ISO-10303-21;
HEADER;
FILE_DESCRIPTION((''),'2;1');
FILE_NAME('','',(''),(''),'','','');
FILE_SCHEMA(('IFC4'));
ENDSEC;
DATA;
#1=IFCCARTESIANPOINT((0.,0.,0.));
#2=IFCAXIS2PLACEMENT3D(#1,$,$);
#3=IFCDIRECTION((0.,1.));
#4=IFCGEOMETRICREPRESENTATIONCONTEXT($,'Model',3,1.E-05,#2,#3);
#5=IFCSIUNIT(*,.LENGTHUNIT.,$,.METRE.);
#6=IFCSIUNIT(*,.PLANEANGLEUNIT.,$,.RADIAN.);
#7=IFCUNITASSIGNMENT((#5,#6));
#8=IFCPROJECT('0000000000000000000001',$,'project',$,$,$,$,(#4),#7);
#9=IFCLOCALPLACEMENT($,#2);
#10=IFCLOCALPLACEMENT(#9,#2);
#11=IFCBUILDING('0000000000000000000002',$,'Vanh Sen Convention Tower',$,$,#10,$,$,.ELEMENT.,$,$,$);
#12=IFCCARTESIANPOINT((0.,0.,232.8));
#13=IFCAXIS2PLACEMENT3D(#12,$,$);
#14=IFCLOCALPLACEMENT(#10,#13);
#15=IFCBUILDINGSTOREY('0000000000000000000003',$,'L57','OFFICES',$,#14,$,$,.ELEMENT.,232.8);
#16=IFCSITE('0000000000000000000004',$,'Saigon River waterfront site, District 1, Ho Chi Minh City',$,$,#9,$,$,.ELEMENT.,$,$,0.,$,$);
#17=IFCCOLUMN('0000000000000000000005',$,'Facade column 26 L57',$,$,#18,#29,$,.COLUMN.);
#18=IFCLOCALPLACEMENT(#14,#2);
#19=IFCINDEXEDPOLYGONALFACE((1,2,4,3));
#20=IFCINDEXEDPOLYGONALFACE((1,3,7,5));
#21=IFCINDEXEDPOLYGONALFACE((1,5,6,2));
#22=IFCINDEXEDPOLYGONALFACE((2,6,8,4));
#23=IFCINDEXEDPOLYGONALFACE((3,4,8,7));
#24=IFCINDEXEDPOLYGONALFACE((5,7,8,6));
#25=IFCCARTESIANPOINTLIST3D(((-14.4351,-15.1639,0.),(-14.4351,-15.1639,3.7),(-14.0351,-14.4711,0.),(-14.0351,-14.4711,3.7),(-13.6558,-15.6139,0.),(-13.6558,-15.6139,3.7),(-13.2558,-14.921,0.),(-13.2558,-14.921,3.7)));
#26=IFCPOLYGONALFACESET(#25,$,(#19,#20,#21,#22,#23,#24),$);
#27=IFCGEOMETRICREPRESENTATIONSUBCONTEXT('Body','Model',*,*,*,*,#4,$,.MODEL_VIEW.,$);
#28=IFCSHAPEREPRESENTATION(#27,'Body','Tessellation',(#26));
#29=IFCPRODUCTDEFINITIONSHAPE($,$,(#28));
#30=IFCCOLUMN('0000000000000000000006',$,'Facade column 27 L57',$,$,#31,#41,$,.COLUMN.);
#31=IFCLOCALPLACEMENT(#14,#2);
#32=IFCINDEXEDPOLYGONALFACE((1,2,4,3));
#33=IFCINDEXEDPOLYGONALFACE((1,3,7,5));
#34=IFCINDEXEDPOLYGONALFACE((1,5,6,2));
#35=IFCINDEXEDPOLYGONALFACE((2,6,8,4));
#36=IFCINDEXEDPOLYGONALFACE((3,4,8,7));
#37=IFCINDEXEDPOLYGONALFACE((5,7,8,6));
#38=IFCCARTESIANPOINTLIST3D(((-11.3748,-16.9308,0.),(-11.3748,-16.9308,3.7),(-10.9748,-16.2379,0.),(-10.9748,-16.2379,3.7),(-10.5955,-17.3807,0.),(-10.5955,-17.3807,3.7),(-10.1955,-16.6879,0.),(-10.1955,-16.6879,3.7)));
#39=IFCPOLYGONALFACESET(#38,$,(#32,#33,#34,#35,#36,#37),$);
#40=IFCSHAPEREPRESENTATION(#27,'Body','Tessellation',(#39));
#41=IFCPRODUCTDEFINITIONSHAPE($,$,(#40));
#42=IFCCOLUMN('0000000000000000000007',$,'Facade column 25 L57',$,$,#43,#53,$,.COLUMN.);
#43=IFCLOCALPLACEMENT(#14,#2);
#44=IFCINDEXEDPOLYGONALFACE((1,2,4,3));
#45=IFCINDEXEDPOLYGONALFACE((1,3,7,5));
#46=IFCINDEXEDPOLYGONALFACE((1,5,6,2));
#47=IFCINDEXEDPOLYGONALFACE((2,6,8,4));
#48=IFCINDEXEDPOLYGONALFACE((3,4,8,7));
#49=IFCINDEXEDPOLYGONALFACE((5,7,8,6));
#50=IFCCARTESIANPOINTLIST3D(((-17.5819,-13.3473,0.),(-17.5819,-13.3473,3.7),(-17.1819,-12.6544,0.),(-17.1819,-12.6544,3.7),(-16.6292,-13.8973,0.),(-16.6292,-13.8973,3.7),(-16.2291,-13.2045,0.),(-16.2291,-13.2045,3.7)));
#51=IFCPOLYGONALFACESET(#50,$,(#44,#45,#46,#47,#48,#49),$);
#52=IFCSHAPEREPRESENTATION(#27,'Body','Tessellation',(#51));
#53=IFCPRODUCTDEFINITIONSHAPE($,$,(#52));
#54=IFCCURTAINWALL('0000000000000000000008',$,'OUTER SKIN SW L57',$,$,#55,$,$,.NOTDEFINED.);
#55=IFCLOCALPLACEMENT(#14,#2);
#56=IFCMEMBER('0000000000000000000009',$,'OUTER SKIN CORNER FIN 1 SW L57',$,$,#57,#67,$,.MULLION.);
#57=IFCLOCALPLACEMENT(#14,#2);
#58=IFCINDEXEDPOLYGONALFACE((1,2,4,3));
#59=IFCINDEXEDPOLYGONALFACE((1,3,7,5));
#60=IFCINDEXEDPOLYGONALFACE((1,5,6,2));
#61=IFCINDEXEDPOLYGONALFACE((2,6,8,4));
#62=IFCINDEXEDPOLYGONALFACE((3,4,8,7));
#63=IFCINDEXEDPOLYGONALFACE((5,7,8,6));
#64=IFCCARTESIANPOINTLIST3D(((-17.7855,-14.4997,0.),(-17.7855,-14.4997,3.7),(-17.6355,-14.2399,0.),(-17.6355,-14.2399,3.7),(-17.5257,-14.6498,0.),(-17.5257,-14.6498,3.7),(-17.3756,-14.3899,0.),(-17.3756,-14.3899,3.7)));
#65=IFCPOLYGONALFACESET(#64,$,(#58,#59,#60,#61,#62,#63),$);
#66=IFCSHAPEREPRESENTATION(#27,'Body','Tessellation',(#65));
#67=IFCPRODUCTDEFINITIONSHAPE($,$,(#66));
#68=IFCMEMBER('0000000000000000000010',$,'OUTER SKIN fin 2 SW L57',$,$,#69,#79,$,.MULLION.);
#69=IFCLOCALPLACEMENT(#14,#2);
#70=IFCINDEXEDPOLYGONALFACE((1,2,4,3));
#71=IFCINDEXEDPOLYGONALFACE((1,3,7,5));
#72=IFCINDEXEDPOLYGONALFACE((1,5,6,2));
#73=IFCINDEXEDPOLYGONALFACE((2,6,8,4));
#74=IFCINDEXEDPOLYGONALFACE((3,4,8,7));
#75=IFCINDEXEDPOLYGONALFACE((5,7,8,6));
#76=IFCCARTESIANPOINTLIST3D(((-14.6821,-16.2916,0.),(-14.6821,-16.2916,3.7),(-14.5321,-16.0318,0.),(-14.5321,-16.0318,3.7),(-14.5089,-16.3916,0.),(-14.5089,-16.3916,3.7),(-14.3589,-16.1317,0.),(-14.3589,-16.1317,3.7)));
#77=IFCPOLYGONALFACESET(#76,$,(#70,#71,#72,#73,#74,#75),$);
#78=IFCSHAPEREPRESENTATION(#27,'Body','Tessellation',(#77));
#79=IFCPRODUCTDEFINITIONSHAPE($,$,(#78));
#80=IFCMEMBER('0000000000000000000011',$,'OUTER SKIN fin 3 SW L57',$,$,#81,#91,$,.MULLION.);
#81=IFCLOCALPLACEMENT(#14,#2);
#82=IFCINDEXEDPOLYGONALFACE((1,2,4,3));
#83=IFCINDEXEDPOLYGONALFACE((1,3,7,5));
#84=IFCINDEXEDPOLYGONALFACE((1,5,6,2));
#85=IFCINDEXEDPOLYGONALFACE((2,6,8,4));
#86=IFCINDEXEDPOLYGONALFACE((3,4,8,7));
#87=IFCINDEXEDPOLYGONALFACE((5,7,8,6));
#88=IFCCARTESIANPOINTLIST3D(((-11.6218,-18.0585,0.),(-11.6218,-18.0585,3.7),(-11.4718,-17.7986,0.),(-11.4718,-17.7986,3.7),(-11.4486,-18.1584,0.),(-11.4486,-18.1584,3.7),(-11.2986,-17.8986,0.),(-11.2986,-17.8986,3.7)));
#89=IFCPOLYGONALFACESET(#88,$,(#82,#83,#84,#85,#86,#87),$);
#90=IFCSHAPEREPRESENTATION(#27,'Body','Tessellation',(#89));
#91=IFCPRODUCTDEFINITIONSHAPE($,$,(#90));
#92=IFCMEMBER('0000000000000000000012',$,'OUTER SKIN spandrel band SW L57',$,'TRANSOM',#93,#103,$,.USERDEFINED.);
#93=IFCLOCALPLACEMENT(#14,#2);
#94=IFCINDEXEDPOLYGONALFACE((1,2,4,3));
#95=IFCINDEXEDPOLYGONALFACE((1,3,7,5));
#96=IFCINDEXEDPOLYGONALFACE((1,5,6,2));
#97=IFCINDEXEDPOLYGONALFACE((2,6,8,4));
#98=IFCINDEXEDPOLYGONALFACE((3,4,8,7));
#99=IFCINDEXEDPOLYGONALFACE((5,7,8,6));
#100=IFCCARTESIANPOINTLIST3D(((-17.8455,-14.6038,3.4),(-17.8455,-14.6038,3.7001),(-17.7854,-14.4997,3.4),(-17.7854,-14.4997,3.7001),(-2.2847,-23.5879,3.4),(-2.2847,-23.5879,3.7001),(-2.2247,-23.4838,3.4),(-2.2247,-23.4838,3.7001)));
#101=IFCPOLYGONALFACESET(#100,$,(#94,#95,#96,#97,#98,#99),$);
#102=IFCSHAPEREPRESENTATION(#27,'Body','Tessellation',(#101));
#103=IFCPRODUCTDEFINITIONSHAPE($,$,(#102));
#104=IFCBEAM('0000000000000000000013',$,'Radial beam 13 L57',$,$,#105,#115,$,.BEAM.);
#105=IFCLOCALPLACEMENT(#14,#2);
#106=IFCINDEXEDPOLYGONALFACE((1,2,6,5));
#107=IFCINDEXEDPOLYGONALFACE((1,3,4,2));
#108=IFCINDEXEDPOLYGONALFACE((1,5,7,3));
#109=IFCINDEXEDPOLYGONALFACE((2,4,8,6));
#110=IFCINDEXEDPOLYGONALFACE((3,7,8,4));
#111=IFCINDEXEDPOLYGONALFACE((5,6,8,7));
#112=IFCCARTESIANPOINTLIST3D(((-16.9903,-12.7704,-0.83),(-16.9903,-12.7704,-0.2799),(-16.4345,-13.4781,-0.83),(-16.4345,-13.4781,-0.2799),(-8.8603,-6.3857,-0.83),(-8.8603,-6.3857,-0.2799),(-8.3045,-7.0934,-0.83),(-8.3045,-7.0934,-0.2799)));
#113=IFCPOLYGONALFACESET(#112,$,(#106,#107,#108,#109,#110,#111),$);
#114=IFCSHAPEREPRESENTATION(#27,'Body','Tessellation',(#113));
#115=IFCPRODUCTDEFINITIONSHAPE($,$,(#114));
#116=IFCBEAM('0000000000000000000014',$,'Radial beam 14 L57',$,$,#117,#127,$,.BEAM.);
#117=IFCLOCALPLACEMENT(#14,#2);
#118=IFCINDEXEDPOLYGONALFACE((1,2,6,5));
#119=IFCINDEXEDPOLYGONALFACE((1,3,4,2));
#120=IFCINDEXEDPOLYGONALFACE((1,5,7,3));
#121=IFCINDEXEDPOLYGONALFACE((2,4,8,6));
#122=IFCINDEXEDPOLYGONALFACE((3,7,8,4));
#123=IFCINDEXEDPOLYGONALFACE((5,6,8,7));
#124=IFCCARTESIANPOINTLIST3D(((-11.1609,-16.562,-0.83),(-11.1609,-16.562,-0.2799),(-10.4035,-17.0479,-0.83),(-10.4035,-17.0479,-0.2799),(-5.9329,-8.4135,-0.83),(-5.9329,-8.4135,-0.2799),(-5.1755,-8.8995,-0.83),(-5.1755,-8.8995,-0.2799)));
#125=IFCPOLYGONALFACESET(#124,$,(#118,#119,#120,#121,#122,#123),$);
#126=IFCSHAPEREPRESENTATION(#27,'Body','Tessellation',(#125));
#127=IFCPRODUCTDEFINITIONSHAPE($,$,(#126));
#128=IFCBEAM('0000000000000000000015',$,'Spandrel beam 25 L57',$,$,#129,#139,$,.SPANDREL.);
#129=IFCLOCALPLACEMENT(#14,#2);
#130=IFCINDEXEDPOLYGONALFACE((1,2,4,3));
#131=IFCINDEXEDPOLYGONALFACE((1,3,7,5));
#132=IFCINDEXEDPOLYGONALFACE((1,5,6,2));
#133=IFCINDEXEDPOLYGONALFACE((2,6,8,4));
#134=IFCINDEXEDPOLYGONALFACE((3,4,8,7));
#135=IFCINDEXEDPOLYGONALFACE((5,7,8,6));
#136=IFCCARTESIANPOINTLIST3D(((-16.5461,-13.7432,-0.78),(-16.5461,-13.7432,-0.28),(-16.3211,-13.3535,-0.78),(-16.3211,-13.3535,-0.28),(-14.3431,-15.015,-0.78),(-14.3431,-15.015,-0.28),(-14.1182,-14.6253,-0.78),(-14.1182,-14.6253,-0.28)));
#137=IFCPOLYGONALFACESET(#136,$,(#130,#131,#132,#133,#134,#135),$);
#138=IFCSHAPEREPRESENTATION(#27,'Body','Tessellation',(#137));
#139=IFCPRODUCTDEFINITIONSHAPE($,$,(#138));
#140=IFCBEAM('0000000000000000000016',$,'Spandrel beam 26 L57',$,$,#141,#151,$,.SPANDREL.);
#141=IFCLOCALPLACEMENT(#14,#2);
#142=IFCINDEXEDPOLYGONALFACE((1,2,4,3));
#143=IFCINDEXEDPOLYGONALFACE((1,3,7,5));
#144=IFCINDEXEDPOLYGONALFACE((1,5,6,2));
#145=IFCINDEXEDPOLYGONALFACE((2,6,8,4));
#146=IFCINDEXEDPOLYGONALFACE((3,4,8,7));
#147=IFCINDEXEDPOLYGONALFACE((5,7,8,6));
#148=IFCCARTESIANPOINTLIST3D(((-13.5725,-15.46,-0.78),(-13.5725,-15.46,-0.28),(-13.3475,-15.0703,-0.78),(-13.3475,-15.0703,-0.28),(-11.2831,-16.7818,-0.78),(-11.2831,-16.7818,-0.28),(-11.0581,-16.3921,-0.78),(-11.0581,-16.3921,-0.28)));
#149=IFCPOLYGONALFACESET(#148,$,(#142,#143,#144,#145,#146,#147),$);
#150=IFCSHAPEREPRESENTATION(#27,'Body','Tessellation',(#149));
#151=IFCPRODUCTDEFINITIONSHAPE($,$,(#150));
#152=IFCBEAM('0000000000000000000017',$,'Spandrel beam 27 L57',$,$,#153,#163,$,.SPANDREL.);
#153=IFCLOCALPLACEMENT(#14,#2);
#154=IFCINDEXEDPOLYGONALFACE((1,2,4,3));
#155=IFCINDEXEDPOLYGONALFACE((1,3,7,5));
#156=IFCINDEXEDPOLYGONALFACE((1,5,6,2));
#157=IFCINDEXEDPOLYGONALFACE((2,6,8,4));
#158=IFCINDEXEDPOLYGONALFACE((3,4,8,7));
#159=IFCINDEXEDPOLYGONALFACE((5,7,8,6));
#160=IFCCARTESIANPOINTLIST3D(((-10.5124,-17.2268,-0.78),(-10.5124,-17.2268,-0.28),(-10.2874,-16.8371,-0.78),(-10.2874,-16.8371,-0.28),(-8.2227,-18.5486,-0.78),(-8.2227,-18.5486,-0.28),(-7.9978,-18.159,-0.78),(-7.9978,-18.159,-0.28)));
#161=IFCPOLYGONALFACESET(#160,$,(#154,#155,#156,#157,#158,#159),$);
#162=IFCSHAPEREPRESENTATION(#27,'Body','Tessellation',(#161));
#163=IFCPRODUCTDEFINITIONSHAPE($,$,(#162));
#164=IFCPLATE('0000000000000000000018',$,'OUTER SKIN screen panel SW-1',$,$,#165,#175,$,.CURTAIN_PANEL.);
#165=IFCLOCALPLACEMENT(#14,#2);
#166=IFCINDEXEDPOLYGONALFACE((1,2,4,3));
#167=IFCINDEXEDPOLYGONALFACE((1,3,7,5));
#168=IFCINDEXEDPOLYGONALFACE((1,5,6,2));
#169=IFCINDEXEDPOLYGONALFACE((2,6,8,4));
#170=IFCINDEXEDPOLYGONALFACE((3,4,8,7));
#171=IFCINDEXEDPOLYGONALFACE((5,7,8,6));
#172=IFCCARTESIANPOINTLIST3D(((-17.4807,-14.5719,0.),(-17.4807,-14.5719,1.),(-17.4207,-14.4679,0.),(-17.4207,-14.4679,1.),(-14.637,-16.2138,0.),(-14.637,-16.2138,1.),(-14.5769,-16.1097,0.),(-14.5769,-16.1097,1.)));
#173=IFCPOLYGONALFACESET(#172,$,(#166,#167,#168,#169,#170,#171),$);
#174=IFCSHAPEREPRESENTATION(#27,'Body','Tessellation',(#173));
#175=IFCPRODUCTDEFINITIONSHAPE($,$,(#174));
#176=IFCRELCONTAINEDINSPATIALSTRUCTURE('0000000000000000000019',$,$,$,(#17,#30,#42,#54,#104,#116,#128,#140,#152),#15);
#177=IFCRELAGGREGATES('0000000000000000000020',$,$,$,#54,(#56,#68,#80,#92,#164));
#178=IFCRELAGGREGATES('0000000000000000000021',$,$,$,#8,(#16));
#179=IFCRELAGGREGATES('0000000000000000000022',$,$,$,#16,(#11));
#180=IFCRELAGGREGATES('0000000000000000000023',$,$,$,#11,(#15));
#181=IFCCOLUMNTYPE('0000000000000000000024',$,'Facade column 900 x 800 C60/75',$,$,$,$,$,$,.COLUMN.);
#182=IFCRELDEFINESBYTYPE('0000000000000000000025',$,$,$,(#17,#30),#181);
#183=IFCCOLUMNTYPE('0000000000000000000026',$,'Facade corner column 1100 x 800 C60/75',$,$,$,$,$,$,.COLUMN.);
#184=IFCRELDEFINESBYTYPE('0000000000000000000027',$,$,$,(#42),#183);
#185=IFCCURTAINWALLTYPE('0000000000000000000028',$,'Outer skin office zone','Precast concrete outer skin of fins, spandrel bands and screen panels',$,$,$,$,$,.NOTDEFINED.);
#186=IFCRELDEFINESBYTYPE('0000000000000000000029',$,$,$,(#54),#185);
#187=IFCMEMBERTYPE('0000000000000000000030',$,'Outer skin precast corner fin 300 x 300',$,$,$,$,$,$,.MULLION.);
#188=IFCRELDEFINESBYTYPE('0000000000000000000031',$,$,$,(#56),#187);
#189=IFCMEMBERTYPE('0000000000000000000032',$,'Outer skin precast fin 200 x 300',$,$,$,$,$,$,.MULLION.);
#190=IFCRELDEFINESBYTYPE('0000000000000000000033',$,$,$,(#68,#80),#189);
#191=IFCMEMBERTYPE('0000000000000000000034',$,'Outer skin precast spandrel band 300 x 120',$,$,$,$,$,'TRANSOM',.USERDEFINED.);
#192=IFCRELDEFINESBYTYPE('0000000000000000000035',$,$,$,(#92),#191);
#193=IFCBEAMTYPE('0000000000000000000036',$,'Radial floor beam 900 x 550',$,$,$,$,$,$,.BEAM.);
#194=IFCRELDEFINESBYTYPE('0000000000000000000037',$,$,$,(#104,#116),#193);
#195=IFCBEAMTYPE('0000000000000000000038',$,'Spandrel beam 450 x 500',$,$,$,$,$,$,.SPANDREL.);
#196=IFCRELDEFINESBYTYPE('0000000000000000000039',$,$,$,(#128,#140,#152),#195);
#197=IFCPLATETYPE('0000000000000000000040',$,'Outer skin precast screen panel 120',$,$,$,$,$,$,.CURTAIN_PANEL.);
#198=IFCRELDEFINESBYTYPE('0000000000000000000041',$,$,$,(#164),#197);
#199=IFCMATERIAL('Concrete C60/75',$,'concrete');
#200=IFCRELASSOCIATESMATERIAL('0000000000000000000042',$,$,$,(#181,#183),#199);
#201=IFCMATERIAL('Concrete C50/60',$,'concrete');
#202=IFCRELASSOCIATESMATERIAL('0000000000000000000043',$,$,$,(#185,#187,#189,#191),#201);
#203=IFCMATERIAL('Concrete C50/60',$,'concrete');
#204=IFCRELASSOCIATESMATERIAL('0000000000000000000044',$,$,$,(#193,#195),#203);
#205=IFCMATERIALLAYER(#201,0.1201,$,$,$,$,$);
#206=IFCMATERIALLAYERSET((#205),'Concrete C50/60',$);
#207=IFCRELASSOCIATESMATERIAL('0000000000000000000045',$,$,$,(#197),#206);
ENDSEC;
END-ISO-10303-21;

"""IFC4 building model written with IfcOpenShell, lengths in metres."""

from ifc_helpers import new_model, si_unit, direction, frame, origin, origin_2d, place, context, subcontext, project, spatial, rectangle, extrude, material, layer, layer_set, material_profile, profile_set, type_object, element, aggregate, save


model = new_model("IFC4")

# Units and contexts
model_context = context("Model", 3, precision=1e-05, world=origin(), true_north=direction((0.0, 1.0)))
body_context = subcontext(model_context, "Body", "Model", "MODEL_VIEW")
ifc_project = project(units=[si_unit("LENGTHUNIT", "METRE"), si_unit("PLANEANGLEUNIT", "RADIAN")], contexts=[model_context])

# Site, building, storey
site_placement = place(None, origin())
site = spatial("IfcSite", under=ifc_project, at=site_placement, Name="Saigon River waterfront site, District 1, Ho Chi Minh City", CompositionType="ELEMENT", RefElevation=0.0)
building_placement = place(site_placement, origin())
building = spatial("IfcBuilding", under=site, at=building_placement, Name="Vanh Sen Convention Tower", CompositionType="ELEMENT")
storey_placement = place(building_placement, frame((0.0, 0.0, 232.8)))
storey = spatial("IfcBuildingStorey", under=building, at=storey_placement, Name="L57", Description="OFFICES", CompositionType="ELEMENT", Elevation=232.8)

# Columns
ifc_material_1 = material(Name="Concrete C60/75", Category="concrete")
ifc_material_profile_1 = material_profile(ifc_material_1, rectangle(XDim=0.8999, YDim=0.8, at=origin_2d()), Name="RC 900X800")
ifc_profile_set_1 = profile_set([ifc_material_profile_1], Name="Concrete C60/75")
column_type_1 = type_object("IfcColumnType", Name="Facade column 900 x 800 C60/75", PredefinedType="COLUMN", material=ifc_profile_set_1)
for number, where, z_axis, x_axis, name in (
    (1, (-13.8455, -15.0425, 0.0), (0.0, 0.0, 1.0), (0.866025, -0.5, 0.0), "Facade column 26 L57"),
    (2, (-10.7852, -16.8093, 0.0), (0.0, 0.0, 1.0), (0.866025, -0.5, 0.0), "Facade column 27 L57"),
):
    element("IfcColumn", number, at=place(storey_placement, frame(where, z_axis=z_axis, x_axis=x_axis)), inside=storey, type_object=column_type_1, Name=name, PredefinedType="COLUMN", context=body_context, shape_type="SweptSolid", body=[
        extrude(rectangle(XDim=0.8999, YDim=0.8, at=origin_2d()), origin(), (0.0, 0.0, 1.0), 3.7),
    ])
ifc_material_profile_2 = material_profile(ifc_material_1, rectangle(XDim=1.1001, YDim=0.8, at=origin_2d()), Name="RC 1100X800")
ifc_profile_set_2 = profile_set([ifc_material_profile_2], Name="Concrete C60/75")
column_type_2 = type_object("IfcColumnType", Name="Facade corner column 1100 x 800 C60/75", PredefinedType="COLUMN", material=ifc_profile_set_2)
column_placement = place(storey_placement, frame((-16.9055, -13.2759, 0.0), z_axis=(0.0, 0.0, 1.0), x_axis=(0.866025, -0.5, 0.0)))
element("IfcColumn", 3, at=column_placement, inside=storey, type_object=column_type_2, Name="Facade column 25 L57", PredefinedType="COLUMN", context=body_context, shape_type="SweptSolid", body=[
    extrude(rectangle(XDim=1.1001, YDim=0.8, at=origin_2d()), origin(), (0.0, 0.0, 1.0), 3.7),
])

# Curtain wall, members
ifc_material_2 = material(Name="Concrete C50/60", Category="concrete")
curtain_wall_type = type_object("IfcCurtainWallType", Name="Outer skin office zone", Description="Precast concrete outer skin of fins, spandrel bands and screen panels", PredefinedType="NOTDEFINED", material=ifc_material_2)
curtain_wall_placement = place(storey_placement, origin())
curtain_wall = element("IfcCurtainWall", 4, at=curtain_wall_placement, inside=storey, type_object=curtain_wall_type, Name="OUTER SKIN SW L57", PredefinedType="NOTDEFINED")
ifc_material_profile_3 = material_profile(ifc_material_2, rectangle(XDim=0.3, YDim=0.3, at=origin_2d()), Name="Outer skin precast corner fin 300 x 300")
ifc_profile_set_3 = profile_set([ifc_material_profile_3], Name="Concrete C50/60")
member_type_1 = type_object("IfcMemberType", Name="Outer skin precast corner fin 300 x 300", PredefinedType="MULLION", material=ifc_profile_set_3)
member_1_placement = place(storey_placement, frame((-17.5806, -14.4448, 0.0), z_axis=(0.0, 0.0, 1.0), x_axis=(0.866025, -0.5, 0.0)))
member_1 = element("IfcMember", 5, at=member_1_placement, type_object=member_type_1, Name="OUTER SKIN CORNER FIN 1 SW L57", PredefinedType="MULLION", context=body_context, shape_type="SweptSolid", body=[
    extrude(rectangle(XDim=0.3, YDim=0.3, at=origin_2d()), origin(), (0.0, 0.0, 1.0), 3.7),
])
ifc_material_profile_4 = material_profile(ifc_material_2, rectangle(XDim=0.2, YDim=0.3, at=origin_2d()), Name="Outer skin precast fin 200 x 300")
ifc_profile_set_4 = profile_set([ifc_material_profile_4], Name="Concrete C50/60")
member_type_2 = type_object("IfcMemberType", Name="Outer skin precast fin 200 x 300", PredefinedType="MULLION", material=ifc_profile_set_4)
member_2_placement = place(storey_placement, frame((-14.5205, -16.2117, 0.0), z_axis=(0.0, 0.0, 1.0), x_axis=(0.866025, -0.5, 0.0)))
member_2 = element("IfcMember", 6, at=member_2_placement, type_object=member_type_2, Name="OUTER SKIN fin 2 SW L57", PredefinedType="MULLION", context=body_context, shape_type="SweptSolid", body=[
    extrude(rectangle(XDim=0.2, YDim=0.3, at=origin_2d()), origin(), (0.0, 0.0, 1.0), 3.7),
])
member_3_placement = place(storey_placement, frame((-11.4602, -17.9785, 0.0), z_axis=(0.0, 0.0, 1.0), x_axis=(0.866025, -0.5, 0.0)))
member_3 = element("IfcMember", 7, at=member_3_placement, type_object=member_type_2, Name="OUTER SKIN fin 3 SW L57", PredefinedType="MULLION", context=body_context, shape_type="SweptSolid", body=[
    extrude(rectangle(XDim=0.2, YDim=0.3, at=origin_2d()), origin(), (0.0, 0.0, 1.0), 3.7),
])
ifc_material_profile_5 = material_profile(ifc_material_2, rectangle(XDim=0.1201, YDim=0.3, at=origin_2d()), Name="Outer skin precast spandrel band 300 x 120")
ifc_profile_set_5 = profile_set([ifc_material_profile_5], Name="Concrete C50/60")
member_type_3 = type_object("IfcMemberType", Name="Outer skin precast spandrel band 300 x 120", ElementType="TRANSOM", PredefinedType="USERDEFINED", material=ifc_profile_set_5)
member_4_placement = place(storey_placement, frame((-17.8154, -14.5518, 3.55), z_axis=(0.866023, -0.500004, 0.0), x_axis=(0.500004, 0.866023, 0.0)))
member_4 = element("IfcMember", 8, at=member_4_placement, type_object=member_type_3, Name="OUTER SKIN spandrel band SW L57", ObjectType="TRANSOM", PredefinedType="USERDEFINED", context=body_context, shape_type="SweptSolid", body=[
    extrude(rectangle(XDim=0.1201, YDim=0.3, at=origin_2d()), origin(), (0.0, 0.0, 1.0), 17.968),
])

# Beams
ifc_material_3 = material(Name="Concrete C50/60", Category="concrete")
ifc_material_profile_6 = material_profile(ifc_material_3, rectangle(XDim=0.8999, YDim=0.55, at=origin_2d()), Name="RC 900X550")
ifc_profile_set_6 = profile_set([ifc_material_profile_6], Name="Concrete C50/60")
beam_type_1 = type_object("IfcBeamType", Name="Radial floor beam 900 x 550", PredefinedType="BEAM", material=ifc_profile_set_6)
beam_1_placement = place(storey_placement, frame((-16.7124, -13.1243, -0.5549), z_axis=(0.786468, 0.617631, 0.0), x_axis=(-0.617631, 0.786468, 0.0)))
element("IfcBeam", 9, at=beam_1_placement, inside=storey, type_object=beam_type_1, Name="Radial beam 13 L57", PredefinedType="BEAM", context=body_context, shape_type="SweptSolid", body=[
    extrude(rectangle(XDim=0.8999, YDim=0.55, at=origin_2d()), origin(), (0.0, 0.0, 1.0), 10.3374),
])
beam_2_placement = place(storey_placement, frame((-10.7822, -16.8049, -0.5549), z_axis=(0.540008, 0.84166, 0.0), x_axis=(-0.84166, 0.540008, 0.0)))
element("IfcBeam", 10, at=beam_2_placement, inside=storey, type_object=beam_type_1, Name="Radial beam 14 L57", PredefinedType="BEAM", context=body_context, shape_type="SweptSolid", body=[
    extrude(rectangle(XDim=0.8999, YDim=0.55, at=origin_2d()), origin(), (0.0, 0.0, 1.0), 9.6814),
])
ifc_material_profile_7 = material_profile(ifc_material_3, rectangle(XDim=0.45, YDim=0.5, at=origin_2d()), Name="RC 450X500")
ifc_profile_set_7 = profile_set([ifc_material_profile_7], Name="Concrete C50/60")
beam_type_2 = type_object("IfcBeamType", Name="Spandrel beam 450 x 500", PredefinedType="SPANDREL", material=ifc_profile_set_7)
beam_3_placement = place(storey_placement, frame((-16.4336, -13.5483, -0.53), z_axis=(0.866043, -0.499969, 0.0), x_axis=(0.499969, 0.866043, 0.0)))
element("IfcBeam", 11, at=beam_3_placement, inside=storey, type_object=beam_type_2, Name="Spandrel beam 25 L57", PredefinedType="SPANDREL", context=body_context, shape_type="SweptSolid", body=[
    extrude(rectangle(XDim=0.45, YDim=0.5, at=origin_2d()), origin(), (0.0, 0.0, 1.0), 2.5437),
])
beam_4_placement = place(storey_placement, frame((-13.46, -15.2651, -0.53), z_axis=(0.866018, -0.500013, 0.0), x_axis=(0.500013, 0.866018, 0.0)))
element("IfcBeam", 12, at=beam_4_placement, inside=storey, type_object=beam_type_2, Name="Spandrel beam 26 L57", PredefinedType="SPANDREL", context=body_context, shape_type="SweptSolid", body=[
    extrude(rectangle(XDim=0.45, YDim=0.5, at=origin_2d()), origin(), (0.0, 0.0, 1.0), 2.6436),
])
beam_5_placement = place(storey_placement, frame((-10.3999, -17.032, -0.53), z_axis=(0.866041, -0.499973, 0.0), x_axis=(0.499973, 0.866041, 0.0)))
element("IfcBeam", 13, at=beam_5_placement, inside=storey, type_object=beam_type_2, Name="Spandrel beam 27 L57", PredefinedType="SPANDREL", context=body_context, shape_type="SweptSolid", body=[
    extrude(rectangle(XDim=0.45, YDim=0.5, at=origin_2d()), origin(), (0.0, 0.0, 1.0), 2.6438),
])

# Plate
ifc_layer_1 = layer(ifc_material_2, 0.1201)
ifc_layer_set_1 = layer_set([ifc_layer_1], Name="Concrete C50/60")
plate_type = type_object("IfcPlateType", Name="Outer skin precast screen panel 120", PredefinedType="CURTAIN_PANEL", material=ifc_layer_set_1)
plate_1_placement = place(storey_placement, frame((-16.0288, -15.3408, 0.0), z_axis=(0.0, 0.0, 1.0), x_axis=(0.866026, -0.499998, 0.0)))
plate_1 = element("IfcPlate", 14, at=plate_1_placement, type_object=plate_type, Name="OUTER SKIN screen panel SW-1", PredefinedType="CURTAIN_PANEL", context=body_context, shape_type="SweptSolid", body=[
    extrude(rectangle(XDim=3.2837, YDim=0.1201, at=origin_2d()), origin(), (0.0, 0.0, 1.0), 1.0),
])
aggregate(curtain_wall, [member_1, member_2, member_3, member_4, plate_1])

save(model, "model.ifc")
